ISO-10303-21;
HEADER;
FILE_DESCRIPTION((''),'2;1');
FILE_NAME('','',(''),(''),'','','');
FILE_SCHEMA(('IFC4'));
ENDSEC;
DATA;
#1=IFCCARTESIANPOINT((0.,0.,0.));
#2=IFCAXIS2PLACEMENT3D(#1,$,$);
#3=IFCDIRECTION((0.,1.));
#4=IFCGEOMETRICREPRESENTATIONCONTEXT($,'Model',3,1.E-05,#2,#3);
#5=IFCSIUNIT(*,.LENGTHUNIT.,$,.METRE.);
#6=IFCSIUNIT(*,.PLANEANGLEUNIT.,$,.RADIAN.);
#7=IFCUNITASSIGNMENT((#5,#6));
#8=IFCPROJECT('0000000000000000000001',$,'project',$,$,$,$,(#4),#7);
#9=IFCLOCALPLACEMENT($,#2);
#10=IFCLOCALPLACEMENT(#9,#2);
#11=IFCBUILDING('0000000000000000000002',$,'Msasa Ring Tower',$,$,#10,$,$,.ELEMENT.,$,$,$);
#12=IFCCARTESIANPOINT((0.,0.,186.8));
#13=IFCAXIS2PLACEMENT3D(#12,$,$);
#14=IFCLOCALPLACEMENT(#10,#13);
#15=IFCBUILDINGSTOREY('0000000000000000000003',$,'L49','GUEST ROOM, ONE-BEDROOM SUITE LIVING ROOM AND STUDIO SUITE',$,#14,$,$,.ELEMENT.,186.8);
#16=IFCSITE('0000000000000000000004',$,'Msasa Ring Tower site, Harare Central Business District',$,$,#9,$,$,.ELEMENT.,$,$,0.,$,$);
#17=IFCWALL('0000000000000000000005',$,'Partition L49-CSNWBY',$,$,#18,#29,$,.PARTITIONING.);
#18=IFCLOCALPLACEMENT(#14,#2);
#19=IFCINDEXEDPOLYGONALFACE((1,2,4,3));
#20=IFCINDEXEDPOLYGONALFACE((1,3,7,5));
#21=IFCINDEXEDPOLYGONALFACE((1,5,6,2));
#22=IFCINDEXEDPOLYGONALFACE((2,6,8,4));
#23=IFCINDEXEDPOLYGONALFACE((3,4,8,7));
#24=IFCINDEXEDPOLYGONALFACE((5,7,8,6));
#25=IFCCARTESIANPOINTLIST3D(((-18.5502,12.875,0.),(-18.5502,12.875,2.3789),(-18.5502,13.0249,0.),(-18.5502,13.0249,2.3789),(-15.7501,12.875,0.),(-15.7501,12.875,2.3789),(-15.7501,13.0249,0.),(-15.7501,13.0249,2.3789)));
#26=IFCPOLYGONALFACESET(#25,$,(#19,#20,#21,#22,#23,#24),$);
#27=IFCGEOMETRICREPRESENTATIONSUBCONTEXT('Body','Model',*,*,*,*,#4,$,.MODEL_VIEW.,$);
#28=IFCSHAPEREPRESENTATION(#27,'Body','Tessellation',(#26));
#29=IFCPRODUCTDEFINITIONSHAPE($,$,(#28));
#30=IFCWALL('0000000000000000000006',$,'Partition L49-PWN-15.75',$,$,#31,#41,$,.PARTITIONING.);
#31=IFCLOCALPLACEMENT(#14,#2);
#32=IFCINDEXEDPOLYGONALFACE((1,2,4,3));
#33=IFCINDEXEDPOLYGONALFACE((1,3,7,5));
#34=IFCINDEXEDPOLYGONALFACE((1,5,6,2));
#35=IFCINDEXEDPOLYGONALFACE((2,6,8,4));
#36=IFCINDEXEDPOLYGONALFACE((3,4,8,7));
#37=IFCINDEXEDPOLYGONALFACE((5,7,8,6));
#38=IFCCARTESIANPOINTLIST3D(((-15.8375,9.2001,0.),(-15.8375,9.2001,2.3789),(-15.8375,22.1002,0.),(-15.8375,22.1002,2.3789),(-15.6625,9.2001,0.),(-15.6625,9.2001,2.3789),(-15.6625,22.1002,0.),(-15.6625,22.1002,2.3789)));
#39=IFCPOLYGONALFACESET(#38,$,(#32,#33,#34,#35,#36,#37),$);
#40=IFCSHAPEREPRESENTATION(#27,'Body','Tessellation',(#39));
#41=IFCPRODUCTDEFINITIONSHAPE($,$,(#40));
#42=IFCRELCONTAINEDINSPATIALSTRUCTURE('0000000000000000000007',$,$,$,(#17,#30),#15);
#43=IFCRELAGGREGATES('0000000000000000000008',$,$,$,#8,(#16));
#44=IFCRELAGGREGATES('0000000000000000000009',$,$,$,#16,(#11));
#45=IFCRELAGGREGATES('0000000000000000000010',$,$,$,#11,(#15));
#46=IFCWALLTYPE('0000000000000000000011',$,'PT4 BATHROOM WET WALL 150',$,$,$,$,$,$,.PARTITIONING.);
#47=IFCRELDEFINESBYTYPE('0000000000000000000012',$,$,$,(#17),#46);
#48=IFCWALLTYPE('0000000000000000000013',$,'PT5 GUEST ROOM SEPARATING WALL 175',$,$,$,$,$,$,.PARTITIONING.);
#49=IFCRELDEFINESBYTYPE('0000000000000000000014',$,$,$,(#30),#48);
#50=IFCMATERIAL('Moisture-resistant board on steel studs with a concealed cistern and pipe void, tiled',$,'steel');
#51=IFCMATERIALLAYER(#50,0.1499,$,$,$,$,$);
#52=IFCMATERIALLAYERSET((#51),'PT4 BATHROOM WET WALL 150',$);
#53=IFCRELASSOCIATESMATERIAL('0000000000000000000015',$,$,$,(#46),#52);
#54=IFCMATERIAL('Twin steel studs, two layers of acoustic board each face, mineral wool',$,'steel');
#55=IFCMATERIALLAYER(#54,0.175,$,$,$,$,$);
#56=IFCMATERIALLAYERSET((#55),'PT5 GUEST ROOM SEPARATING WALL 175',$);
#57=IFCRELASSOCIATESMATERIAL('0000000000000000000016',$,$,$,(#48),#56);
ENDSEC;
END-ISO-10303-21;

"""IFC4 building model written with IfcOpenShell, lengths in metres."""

from ifc_helpers import new_model, si_unit, direction, frame, frame_2d, origin, place, context, subcontext, project, spatial, rectangle, extrude, material, layer, layer_set, type_object, element, save


model = new_model("IFC4")

# Units and contexts
model_context = context("Model", 3, precision=1e-05, world=origin(), true_north=direction((0.0, 1.0)))
body_context = subcontext(model_context, "Body", "Model", "MODEL_VIEW")
ifc_project = project(units=[si_unit("LENGTHUNIT", "METRE"), si_unit("PLANEANGLEUNIT", "RADIAN")], contexts=[model_context])

# Site, building, storey
site_placement = place(None, origin())
site = spatial("IfcSite", under=ifc_project, at=site_placement, Name="Msasa Ring Tower site, Harare Central Business District", CompositionType="ELEMENT", RefElevation=0.0)
building_placement = place(site_placement, origin())
building = spatial("IfcBuilding", under=site, at=building_placement, Name="Msasa Ring Tower", CompositionType="ELEMENT")
storey_placement = place(building_placement, frame((0.0, 0.0, 186.8)))
storey = spatial("IfcBuildingStorey", under=building, at=storey_placement, Name="L49", Description="GUEST ROOM, ONE-BEDROOM SUITE LIVING ROOM AND STUDIO SUITE", CompositionType="ELEMENT", Elevation=186.8)

# Shared definitions
ifc_material_1 = material(Name="Moisture-resistant board on steel studs with a concealed cistern and pipe void, tiled", Category="steel")
ifc_layer_1 = layer(ifc_material_1, 0.1499)
ifc_layer_set_1 = layer_set([ifc_layer_1], Name="PT4 BATHROOM WET WALL 150")
wall_type_1 = type_object("IfcWallType", Name="PT4 BATHROOM WET WALL 150", PredefinedType="PARTITIONING", material=ifc_layer_set_1)

# Walls
wall_1_placement = place(storey_placement, frame((-18.55, 12.95, 0.0), z_axis=(0.0, 0.0, 1.0), x_axis=(1.0, 0.0, 0.0)))
element("IfcWall", 1, at=wall_1_placement, inside=storey, type_object=wall_type_1, Name="Partition L49-CSNWBY", PredefinedType="PARTITIONING", context=body_context, shape_type="SweptSolid", body=[
    extrude(rectangle(XDim=2.8, YDim=0.1499, at=frame_2d((1.3999, 0.0))), origin(), (0.0, 0.0, 1.0), 2.3789),
])
ifc_material_2 = material(Name="Twin steel studs, two layers of acoustic board each face, mineral wool", Category="steel")
ifc_layer_2 = layer(ifc_material_2, 0.175)
ifc_layer_set_2 = layer_set([ifc_layer_2], Name="PT5 GUEST ROOM SEPARATING WALL 175")
wall_type_2 = type_object("IfcWallType", Name="PT5 GUEST ROOM SEPARATING WALL 175", PredefinedType="PARTITIONING", material=ifc_layer_set_2)
wall_2_placement = place(storey_placement, frame((-15.75, 9.2, 0.0), z_axis=(0.0, 0.0, 1.0), x_axis=(0.0, 1.0, 0.0)))
element("IfcWall", 2, at=wall_2_placement, inside=storey, type_object=wall_type_2, Name="Partition L49-PWN-15.75", PredefinedType="PARTITIONING", context=body_context, shape_type="SweptSolid", body=[
    extrude(rectangle(XDim=12.9001, YDim=0.175, at=frame_2d((6.4502, 0.0))), origin(), (0.0, 0.0, 1.0), 2.3789),
])

save(model, "model.ifc")
